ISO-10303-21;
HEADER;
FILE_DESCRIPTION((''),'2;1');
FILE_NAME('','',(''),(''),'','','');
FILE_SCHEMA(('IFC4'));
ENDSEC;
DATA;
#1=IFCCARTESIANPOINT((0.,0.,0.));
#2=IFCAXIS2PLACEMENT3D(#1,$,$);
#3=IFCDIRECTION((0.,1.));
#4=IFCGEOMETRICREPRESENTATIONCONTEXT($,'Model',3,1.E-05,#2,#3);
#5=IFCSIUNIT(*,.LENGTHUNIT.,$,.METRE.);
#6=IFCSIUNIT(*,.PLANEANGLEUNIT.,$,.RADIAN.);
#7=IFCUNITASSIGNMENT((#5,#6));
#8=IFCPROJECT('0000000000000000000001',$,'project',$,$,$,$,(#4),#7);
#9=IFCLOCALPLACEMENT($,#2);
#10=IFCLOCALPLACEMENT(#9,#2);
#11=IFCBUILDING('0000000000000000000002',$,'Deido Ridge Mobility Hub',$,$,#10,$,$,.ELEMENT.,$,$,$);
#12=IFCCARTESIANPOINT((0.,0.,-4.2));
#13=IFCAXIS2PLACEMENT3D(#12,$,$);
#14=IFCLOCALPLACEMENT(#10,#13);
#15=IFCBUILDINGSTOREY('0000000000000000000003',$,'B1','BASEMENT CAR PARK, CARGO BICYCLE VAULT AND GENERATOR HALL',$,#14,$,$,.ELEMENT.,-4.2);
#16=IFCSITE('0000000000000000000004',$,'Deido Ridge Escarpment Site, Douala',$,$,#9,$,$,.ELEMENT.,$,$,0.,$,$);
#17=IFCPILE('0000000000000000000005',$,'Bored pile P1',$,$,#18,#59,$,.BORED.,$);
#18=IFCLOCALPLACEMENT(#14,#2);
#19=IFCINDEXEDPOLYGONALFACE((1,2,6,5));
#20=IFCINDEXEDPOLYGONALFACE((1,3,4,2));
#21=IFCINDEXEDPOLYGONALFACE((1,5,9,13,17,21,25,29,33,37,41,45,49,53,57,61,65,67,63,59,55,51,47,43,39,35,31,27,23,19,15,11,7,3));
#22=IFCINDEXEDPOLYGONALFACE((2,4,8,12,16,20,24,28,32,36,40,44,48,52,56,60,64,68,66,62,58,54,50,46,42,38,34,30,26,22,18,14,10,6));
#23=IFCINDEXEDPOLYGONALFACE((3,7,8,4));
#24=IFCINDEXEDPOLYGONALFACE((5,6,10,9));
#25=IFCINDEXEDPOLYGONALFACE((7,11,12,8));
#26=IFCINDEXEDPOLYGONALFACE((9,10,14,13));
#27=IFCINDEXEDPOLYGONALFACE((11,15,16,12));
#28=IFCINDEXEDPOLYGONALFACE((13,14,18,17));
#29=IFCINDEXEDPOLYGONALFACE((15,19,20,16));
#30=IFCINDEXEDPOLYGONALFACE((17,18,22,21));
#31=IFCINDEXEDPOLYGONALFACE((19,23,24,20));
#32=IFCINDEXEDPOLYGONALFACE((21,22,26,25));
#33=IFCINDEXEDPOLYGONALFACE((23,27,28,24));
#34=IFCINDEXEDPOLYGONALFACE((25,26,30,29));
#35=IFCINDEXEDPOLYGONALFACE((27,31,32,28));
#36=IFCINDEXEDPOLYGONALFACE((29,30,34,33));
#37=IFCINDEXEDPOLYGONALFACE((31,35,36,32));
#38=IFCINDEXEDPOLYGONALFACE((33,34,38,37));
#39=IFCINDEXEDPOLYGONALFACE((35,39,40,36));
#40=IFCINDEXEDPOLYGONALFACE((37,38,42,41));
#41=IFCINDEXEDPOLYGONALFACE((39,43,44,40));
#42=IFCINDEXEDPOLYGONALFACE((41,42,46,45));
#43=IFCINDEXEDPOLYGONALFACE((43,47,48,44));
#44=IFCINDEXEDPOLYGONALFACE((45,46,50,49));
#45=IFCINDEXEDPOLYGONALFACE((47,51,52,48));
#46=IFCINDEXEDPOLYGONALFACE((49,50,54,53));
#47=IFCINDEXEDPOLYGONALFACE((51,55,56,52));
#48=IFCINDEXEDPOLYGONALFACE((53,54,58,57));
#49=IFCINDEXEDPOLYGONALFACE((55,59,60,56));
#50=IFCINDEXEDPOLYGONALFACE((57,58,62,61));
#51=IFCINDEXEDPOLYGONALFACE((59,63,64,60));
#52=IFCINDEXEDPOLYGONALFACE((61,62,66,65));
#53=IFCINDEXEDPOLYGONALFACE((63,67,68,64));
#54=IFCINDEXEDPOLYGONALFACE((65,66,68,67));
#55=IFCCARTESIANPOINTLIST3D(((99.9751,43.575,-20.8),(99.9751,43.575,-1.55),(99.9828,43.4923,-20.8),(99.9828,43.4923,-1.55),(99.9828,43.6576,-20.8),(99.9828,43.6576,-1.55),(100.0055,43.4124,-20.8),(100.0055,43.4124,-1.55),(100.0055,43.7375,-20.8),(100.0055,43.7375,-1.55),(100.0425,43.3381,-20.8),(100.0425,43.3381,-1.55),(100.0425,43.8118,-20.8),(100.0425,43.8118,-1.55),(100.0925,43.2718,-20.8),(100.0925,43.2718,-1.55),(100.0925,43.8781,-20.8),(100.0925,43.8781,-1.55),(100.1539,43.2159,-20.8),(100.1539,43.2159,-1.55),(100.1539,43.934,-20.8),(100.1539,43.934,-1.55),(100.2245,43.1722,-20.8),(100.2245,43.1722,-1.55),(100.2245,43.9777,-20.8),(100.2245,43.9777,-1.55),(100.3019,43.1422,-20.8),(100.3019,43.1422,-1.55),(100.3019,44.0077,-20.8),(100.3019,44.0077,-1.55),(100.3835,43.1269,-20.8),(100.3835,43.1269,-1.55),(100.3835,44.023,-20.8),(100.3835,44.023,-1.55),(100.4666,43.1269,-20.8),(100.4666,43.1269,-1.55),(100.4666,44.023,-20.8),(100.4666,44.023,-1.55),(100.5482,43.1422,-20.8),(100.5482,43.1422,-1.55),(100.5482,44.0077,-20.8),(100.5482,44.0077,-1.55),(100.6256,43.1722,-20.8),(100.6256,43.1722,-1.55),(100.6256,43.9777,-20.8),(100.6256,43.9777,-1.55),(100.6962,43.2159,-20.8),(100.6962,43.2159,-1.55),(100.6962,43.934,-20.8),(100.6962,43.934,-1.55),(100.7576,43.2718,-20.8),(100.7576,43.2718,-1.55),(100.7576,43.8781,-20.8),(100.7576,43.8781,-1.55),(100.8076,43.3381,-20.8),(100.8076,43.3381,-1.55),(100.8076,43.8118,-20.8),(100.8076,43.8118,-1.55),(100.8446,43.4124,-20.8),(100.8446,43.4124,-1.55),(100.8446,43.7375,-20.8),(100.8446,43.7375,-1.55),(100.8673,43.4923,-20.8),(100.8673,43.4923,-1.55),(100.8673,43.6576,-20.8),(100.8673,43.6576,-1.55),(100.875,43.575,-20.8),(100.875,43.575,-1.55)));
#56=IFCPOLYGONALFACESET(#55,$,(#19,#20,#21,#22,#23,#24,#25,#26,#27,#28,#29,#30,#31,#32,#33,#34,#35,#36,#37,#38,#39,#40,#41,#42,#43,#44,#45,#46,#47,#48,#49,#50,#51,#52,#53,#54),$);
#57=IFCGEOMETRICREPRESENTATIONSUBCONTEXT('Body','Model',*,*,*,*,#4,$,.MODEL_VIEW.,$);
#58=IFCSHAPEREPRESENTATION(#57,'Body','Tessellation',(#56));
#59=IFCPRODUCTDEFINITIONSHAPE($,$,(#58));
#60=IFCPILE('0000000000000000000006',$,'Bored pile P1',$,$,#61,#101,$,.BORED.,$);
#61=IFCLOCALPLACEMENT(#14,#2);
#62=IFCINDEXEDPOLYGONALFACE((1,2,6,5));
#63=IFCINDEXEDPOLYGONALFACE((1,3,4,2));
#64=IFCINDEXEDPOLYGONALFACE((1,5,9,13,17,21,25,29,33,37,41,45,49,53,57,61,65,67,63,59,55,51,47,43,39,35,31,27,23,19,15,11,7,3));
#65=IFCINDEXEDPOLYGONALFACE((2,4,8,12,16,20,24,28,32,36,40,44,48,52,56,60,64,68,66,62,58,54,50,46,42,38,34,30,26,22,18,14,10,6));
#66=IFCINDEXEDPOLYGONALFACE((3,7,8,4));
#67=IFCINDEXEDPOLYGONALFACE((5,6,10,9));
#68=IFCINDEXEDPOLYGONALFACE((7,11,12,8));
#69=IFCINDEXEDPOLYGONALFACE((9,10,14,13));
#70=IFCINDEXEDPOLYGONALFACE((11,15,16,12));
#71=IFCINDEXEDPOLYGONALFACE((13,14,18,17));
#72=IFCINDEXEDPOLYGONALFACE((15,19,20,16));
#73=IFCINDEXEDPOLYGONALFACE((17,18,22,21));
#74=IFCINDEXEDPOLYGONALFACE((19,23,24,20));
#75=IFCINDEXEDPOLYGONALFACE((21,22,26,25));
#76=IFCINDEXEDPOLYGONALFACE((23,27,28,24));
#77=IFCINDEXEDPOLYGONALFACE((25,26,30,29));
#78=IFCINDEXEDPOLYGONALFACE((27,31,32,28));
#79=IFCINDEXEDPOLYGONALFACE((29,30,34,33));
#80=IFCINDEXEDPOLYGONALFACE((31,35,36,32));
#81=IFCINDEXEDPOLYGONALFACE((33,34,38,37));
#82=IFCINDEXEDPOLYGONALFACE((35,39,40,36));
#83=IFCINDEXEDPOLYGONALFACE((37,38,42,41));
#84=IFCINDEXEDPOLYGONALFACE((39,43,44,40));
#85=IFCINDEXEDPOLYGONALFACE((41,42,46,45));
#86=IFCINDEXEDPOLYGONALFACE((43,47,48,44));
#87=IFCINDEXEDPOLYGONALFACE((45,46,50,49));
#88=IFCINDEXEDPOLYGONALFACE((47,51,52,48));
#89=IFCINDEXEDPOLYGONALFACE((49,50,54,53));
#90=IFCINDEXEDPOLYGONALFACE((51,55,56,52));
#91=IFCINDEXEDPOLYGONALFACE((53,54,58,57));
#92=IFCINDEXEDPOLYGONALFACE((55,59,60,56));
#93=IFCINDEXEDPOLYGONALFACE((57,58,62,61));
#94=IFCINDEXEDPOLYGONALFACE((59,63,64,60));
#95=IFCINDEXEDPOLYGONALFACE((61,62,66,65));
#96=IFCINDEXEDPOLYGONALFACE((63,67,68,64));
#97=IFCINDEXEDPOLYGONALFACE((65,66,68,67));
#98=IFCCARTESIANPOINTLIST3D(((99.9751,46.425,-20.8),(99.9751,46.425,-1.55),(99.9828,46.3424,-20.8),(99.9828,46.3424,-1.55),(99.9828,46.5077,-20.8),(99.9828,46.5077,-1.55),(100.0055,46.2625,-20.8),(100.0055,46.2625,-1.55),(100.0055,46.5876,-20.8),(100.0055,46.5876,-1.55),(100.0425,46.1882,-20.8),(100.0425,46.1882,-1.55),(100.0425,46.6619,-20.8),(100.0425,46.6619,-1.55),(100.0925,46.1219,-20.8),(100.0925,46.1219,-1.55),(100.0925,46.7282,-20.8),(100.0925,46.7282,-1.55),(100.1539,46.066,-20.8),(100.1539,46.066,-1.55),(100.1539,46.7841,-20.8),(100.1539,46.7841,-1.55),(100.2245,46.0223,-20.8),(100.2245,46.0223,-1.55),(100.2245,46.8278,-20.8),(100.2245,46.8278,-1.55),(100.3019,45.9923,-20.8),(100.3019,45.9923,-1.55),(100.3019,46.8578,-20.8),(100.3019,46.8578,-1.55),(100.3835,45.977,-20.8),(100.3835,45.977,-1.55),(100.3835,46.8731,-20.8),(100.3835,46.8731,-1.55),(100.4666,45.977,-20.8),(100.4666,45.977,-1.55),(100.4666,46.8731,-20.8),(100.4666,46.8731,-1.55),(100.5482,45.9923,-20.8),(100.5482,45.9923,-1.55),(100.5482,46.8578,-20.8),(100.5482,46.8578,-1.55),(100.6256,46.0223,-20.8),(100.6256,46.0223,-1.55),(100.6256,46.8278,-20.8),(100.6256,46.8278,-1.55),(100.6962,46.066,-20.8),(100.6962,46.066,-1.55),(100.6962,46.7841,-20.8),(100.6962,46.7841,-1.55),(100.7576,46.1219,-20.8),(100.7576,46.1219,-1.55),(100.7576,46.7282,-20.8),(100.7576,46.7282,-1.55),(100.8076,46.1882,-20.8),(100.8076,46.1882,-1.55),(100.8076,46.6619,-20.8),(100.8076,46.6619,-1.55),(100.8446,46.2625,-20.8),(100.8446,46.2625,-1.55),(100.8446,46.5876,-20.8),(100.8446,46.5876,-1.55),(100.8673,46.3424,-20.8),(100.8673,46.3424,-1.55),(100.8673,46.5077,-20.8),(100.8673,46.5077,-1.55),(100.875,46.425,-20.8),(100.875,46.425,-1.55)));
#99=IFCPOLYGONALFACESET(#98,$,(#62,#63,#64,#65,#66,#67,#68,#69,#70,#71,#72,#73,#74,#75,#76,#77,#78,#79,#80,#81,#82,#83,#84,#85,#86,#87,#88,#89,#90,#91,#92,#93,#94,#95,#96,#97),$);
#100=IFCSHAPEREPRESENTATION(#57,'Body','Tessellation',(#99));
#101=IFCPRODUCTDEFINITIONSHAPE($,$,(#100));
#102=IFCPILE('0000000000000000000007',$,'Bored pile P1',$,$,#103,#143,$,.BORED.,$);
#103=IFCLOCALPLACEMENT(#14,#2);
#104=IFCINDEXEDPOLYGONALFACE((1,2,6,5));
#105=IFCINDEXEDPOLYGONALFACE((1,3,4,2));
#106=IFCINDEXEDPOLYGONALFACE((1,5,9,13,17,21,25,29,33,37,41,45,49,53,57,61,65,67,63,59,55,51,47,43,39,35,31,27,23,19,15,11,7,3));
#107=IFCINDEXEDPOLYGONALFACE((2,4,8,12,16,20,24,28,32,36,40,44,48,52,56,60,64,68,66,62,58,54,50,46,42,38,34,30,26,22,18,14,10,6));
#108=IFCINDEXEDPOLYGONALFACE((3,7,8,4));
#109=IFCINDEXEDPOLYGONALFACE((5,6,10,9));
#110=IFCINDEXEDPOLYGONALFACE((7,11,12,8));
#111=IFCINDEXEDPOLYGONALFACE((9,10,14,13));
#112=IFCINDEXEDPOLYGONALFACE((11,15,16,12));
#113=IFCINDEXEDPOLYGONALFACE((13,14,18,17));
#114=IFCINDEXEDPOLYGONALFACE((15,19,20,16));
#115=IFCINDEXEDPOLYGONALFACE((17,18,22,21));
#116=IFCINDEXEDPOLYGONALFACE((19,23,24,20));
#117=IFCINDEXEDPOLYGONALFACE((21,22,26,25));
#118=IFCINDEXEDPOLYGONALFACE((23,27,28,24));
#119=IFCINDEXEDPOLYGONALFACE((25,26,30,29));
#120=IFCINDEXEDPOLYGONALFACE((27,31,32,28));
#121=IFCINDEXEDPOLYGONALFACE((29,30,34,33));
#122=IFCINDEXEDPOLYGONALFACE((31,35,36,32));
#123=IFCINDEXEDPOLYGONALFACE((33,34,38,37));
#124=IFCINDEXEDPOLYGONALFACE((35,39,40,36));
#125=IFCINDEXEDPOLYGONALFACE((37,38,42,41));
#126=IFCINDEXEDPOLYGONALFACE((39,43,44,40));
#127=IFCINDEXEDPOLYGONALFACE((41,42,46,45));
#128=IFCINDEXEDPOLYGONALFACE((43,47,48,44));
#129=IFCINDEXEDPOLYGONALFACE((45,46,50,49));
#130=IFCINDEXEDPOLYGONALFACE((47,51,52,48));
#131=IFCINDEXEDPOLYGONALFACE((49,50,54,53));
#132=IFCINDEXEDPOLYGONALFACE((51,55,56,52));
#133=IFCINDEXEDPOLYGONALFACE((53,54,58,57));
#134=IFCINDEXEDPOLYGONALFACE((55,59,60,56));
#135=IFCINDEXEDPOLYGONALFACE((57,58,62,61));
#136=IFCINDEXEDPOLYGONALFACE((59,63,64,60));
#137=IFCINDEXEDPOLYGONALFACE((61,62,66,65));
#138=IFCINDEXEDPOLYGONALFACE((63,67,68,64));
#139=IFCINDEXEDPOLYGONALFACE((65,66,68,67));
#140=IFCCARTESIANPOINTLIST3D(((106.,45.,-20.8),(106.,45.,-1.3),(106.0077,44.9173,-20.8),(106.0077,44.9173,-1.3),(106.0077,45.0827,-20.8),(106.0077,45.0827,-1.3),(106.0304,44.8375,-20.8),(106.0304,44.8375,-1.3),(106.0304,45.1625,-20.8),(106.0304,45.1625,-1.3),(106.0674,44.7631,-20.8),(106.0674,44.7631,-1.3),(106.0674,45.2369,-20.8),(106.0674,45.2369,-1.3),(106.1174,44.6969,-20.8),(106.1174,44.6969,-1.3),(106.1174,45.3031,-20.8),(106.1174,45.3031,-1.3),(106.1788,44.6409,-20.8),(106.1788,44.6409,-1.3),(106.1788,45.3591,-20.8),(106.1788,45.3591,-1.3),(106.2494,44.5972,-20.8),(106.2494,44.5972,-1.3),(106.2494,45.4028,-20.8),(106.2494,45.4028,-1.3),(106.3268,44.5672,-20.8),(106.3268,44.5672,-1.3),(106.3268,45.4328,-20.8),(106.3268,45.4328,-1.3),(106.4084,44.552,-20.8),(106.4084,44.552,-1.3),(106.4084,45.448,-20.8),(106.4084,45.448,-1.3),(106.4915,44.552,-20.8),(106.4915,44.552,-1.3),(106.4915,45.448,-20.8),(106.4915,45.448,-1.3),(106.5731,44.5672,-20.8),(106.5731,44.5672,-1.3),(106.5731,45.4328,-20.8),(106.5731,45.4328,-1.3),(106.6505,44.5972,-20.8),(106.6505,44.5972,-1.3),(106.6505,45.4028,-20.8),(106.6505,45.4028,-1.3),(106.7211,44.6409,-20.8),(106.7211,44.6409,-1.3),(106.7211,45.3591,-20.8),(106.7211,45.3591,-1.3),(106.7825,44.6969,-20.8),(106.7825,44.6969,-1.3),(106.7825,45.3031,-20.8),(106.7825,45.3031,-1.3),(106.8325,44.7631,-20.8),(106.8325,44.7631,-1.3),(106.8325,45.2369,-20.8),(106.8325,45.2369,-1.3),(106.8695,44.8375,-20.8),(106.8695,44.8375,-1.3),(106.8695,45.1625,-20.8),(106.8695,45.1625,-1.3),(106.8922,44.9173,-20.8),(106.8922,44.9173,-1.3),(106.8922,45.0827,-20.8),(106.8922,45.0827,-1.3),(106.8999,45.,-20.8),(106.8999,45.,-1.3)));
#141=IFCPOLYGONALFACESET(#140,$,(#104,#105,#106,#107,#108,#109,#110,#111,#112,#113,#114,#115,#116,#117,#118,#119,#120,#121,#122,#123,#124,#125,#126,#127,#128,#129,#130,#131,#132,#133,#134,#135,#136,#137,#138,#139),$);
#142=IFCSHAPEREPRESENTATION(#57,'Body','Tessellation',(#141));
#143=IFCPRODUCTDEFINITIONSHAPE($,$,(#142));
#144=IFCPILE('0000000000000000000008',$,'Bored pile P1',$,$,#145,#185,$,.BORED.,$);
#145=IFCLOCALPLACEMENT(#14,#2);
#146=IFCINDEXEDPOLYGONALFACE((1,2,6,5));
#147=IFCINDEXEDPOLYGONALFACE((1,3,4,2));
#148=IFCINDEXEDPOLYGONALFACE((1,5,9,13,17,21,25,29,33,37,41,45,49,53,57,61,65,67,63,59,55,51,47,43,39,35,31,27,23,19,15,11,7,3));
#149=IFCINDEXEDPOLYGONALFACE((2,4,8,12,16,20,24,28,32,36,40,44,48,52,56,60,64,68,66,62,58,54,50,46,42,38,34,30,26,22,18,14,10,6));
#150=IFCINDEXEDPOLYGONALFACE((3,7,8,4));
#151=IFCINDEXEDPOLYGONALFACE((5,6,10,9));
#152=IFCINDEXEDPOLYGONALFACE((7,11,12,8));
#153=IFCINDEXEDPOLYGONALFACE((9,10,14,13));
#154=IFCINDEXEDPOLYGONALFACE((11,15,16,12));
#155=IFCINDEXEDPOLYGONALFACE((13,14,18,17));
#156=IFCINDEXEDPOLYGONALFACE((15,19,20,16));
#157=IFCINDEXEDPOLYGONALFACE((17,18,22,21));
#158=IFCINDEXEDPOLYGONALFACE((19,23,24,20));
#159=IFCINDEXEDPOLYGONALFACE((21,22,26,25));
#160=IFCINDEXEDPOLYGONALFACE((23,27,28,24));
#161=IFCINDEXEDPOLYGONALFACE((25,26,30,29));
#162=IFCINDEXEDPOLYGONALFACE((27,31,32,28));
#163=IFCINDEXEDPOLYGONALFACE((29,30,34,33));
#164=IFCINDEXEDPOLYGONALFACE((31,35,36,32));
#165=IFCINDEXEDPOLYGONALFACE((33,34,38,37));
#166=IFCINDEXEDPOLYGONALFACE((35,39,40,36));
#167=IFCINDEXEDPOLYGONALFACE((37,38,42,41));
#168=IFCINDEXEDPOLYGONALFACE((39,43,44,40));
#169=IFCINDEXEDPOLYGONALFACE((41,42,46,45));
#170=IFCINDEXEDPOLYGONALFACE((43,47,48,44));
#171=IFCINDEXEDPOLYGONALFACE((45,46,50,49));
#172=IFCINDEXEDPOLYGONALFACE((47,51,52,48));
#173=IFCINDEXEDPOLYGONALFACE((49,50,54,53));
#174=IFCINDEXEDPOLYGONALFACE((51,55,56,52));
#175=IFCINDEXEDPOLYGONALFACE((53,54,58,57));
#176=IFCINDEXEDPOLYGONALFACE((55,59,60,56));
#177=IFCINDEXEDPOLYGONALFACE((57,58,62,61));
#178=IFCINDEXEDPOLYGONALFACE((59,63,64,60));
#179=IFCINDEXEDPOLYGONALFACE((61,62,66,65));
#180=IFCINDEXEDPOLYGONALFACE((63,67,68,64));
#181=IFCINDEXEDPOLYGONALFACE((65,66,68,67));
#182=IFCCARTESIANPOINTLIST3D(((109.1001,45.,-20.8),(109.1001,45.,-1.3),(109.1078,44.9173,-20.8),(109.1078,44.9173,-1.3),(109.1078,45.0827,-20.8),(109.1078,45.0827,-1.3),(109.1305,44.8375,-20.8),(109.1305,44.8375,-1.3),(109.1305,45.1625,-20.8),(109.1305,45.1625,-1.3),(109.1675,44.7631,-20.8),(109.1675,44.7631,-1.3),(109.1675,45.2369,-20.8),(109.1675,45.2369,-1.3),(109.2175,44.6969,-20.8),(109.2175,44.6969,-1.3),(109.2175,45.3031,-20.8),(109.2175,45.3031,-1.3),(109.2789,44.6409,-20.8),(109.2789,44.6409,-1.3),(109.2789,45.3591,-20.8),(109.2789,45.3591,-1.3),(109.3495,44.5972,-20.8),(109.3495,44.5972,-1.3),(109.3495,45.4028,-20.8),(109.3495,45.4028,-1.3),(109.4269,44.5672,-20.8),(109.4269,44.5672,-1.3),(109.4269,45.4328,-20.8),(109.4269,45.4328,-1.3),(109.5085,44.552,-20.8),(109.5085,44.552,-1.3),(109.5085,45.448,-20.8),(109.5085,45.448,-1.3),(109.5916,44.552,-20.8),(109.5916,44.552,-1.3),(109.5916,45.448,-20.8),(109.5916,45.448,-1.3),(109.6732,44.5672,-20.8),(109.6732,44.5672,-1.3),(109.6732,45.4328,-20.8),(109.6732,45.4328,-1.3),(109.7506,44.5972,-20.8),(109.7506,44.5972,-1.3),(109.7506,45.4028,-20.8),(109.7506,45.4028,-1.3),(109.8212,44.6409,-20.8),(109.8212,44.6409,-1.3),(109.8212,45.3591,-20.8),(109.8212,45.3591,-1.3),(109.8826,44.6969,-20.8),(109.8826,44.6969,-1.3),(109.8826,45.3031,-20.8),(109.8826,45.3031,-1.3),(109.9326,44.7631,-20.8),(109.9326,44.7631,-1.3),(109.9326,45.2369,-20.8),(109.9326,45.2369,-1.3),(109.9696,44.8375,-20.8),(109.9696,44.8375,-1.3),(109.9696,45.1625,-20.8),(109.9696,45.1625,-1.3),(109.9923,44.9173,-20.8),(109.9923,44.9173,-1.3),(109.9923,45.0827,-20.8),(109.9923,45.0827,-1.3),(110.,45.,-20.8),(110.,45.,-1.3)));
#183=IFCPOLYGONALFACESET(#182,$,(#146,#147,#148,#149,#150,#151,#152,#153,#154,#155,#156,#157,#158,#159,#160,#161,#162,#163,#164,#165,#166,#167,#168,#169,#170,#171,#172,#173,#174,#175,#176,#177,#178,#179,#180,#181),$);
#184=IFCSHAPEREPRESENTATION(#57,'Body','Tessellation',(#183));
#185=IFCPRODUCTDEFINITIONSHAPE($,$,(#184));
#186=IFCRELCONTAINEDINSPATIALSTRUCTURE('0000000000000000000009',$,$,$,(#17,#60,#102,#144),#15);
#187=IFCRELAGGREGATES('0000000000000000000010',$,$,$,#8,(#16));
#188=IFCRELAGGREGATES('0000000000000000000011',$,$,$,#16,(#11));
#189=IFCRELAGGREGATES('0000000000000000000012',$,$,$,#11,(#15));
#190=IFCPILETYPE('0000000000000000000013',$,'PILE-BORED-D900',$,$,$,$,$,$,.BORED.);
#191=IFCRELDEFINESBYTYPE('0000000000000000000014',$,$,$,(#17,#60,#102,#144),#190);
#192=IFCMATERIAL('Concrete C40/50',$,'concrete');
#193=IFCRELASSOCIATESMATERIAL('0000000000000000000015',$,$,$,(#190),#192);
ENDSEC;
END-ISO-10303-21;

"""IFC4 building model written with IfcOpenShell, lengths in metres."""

from ifc_helpers import new_model, si_unit, direction, frame, origin, origin_2d, place, context, subcontext, project, spatial, circle, extrude, material, material_profile, profile_set, type_object, element, save


model = new_model("IFC4")

# Units and contexts
model_context = context("Model", 3, precision=1e-05, world=origin(), true_north=direction((0.0, 1.0)))
body_context = subcontext(model_context, "Body", "Model", "MODEL_VIEW")
ifc_project = project(units=[si_unit("LENGTHUNIT", "METRE"), si_unit("PLANEANGLEUNIT", "RADIAN")], contexts=[model_context])

# Site, building, storey
site_placement = place(None, origin())
site = spatial("IfcSite", under=ifc_project, at=site_placement, Name="Deido Ridge Escarpment Site, Douala", CompositionType="ELEMENT", RefElevation=0.0)
building_placement = place(site_placement, origin())
building = spatial("IfcBuilding", under=site, at=building_placement, Name="Deido Ridge Mobility Hub", CompositionType="ELEMENT")
storey_placement = place(building_placement, frame((0.0, 0.0, -4.2)))
storey = spatial("IfcBuildingStorey", under=building, at=storey_placement, Name="B1", Description="BASEMENT CAR PARK, CARGO BICYCLE VAULT AND GENERATOR HALL", CompositionType="ELEMENT", Elevation=-4.2)

# Shared definitions
ifc_material_1 = material(Name="Concrete C40/50", Category="concrete")

# Piles
ifc_material_profile_1 = material_profile(ifc_material_1, circle(Radius=0.45, at=origin_2d()), Name="BORED PILE D900")
ifc_profile_set_1 = profile_set([ifc_material_profile_1], Name="Concrete C40/50")
pile_type_1 = type_object("IfcPileType", Name="PILE-BORED-D900", PredefinedType="BORED", material=ifc_profile_set_1)
for number, where, z_axis, x_axis, name in (
    (1, (100.425, 43.575, -1.55), (0.0, 0.0, -1.0), (1.0, 0.0, 0.0), "Bored pile P1"),
    (2, (100.425, 46.425, -1.55), (0.0, 0.0, -1.0), (1.0, 0.0, 0.0), "Bored pile P1"),
):
    element("IfcPile", number, at=place(storey_placement, frame(where, z_axis=z_axis, x_axis=x_axis)), inside=storey, type_object=pile_type_1, Name=name, PredefinedType="BORED", context=body_context, shape_type="SweptSolid", body=[
        extrude(circle(Radius=0.45, at=origin_2d()), origin(), (0.0, 0.0, 1.0), 19.25),
    ])
for number, where, z_axis, x_axis, name in (
    (3, (106.45, 45.0, -1.3), (0.0, 0.0, -1.0), (1.0, 0.0, 0.0), "Bored pile P1"),
    (4, (109.55, 45.0, -1.3), (0.0, 0.0, -1.0), (1.0, 0.0, 0.0), "Bored pile P1"),
):
    element("IfcPile", number, at=place(storey_placement, frame(where, z_axis=z_axis, x_axis=x_axis)), inside=storey, type_object=pile_type_1, Name=name, PredefinedType="BORED", context=body_context, shape_type="SweptSolid", body=[
        extrude(circle(Radius=0.45, at=origin_2d()), origin(), (0.0, 0.0, 1.0), 19.5),
    ])

save(model, "model.ifc")
